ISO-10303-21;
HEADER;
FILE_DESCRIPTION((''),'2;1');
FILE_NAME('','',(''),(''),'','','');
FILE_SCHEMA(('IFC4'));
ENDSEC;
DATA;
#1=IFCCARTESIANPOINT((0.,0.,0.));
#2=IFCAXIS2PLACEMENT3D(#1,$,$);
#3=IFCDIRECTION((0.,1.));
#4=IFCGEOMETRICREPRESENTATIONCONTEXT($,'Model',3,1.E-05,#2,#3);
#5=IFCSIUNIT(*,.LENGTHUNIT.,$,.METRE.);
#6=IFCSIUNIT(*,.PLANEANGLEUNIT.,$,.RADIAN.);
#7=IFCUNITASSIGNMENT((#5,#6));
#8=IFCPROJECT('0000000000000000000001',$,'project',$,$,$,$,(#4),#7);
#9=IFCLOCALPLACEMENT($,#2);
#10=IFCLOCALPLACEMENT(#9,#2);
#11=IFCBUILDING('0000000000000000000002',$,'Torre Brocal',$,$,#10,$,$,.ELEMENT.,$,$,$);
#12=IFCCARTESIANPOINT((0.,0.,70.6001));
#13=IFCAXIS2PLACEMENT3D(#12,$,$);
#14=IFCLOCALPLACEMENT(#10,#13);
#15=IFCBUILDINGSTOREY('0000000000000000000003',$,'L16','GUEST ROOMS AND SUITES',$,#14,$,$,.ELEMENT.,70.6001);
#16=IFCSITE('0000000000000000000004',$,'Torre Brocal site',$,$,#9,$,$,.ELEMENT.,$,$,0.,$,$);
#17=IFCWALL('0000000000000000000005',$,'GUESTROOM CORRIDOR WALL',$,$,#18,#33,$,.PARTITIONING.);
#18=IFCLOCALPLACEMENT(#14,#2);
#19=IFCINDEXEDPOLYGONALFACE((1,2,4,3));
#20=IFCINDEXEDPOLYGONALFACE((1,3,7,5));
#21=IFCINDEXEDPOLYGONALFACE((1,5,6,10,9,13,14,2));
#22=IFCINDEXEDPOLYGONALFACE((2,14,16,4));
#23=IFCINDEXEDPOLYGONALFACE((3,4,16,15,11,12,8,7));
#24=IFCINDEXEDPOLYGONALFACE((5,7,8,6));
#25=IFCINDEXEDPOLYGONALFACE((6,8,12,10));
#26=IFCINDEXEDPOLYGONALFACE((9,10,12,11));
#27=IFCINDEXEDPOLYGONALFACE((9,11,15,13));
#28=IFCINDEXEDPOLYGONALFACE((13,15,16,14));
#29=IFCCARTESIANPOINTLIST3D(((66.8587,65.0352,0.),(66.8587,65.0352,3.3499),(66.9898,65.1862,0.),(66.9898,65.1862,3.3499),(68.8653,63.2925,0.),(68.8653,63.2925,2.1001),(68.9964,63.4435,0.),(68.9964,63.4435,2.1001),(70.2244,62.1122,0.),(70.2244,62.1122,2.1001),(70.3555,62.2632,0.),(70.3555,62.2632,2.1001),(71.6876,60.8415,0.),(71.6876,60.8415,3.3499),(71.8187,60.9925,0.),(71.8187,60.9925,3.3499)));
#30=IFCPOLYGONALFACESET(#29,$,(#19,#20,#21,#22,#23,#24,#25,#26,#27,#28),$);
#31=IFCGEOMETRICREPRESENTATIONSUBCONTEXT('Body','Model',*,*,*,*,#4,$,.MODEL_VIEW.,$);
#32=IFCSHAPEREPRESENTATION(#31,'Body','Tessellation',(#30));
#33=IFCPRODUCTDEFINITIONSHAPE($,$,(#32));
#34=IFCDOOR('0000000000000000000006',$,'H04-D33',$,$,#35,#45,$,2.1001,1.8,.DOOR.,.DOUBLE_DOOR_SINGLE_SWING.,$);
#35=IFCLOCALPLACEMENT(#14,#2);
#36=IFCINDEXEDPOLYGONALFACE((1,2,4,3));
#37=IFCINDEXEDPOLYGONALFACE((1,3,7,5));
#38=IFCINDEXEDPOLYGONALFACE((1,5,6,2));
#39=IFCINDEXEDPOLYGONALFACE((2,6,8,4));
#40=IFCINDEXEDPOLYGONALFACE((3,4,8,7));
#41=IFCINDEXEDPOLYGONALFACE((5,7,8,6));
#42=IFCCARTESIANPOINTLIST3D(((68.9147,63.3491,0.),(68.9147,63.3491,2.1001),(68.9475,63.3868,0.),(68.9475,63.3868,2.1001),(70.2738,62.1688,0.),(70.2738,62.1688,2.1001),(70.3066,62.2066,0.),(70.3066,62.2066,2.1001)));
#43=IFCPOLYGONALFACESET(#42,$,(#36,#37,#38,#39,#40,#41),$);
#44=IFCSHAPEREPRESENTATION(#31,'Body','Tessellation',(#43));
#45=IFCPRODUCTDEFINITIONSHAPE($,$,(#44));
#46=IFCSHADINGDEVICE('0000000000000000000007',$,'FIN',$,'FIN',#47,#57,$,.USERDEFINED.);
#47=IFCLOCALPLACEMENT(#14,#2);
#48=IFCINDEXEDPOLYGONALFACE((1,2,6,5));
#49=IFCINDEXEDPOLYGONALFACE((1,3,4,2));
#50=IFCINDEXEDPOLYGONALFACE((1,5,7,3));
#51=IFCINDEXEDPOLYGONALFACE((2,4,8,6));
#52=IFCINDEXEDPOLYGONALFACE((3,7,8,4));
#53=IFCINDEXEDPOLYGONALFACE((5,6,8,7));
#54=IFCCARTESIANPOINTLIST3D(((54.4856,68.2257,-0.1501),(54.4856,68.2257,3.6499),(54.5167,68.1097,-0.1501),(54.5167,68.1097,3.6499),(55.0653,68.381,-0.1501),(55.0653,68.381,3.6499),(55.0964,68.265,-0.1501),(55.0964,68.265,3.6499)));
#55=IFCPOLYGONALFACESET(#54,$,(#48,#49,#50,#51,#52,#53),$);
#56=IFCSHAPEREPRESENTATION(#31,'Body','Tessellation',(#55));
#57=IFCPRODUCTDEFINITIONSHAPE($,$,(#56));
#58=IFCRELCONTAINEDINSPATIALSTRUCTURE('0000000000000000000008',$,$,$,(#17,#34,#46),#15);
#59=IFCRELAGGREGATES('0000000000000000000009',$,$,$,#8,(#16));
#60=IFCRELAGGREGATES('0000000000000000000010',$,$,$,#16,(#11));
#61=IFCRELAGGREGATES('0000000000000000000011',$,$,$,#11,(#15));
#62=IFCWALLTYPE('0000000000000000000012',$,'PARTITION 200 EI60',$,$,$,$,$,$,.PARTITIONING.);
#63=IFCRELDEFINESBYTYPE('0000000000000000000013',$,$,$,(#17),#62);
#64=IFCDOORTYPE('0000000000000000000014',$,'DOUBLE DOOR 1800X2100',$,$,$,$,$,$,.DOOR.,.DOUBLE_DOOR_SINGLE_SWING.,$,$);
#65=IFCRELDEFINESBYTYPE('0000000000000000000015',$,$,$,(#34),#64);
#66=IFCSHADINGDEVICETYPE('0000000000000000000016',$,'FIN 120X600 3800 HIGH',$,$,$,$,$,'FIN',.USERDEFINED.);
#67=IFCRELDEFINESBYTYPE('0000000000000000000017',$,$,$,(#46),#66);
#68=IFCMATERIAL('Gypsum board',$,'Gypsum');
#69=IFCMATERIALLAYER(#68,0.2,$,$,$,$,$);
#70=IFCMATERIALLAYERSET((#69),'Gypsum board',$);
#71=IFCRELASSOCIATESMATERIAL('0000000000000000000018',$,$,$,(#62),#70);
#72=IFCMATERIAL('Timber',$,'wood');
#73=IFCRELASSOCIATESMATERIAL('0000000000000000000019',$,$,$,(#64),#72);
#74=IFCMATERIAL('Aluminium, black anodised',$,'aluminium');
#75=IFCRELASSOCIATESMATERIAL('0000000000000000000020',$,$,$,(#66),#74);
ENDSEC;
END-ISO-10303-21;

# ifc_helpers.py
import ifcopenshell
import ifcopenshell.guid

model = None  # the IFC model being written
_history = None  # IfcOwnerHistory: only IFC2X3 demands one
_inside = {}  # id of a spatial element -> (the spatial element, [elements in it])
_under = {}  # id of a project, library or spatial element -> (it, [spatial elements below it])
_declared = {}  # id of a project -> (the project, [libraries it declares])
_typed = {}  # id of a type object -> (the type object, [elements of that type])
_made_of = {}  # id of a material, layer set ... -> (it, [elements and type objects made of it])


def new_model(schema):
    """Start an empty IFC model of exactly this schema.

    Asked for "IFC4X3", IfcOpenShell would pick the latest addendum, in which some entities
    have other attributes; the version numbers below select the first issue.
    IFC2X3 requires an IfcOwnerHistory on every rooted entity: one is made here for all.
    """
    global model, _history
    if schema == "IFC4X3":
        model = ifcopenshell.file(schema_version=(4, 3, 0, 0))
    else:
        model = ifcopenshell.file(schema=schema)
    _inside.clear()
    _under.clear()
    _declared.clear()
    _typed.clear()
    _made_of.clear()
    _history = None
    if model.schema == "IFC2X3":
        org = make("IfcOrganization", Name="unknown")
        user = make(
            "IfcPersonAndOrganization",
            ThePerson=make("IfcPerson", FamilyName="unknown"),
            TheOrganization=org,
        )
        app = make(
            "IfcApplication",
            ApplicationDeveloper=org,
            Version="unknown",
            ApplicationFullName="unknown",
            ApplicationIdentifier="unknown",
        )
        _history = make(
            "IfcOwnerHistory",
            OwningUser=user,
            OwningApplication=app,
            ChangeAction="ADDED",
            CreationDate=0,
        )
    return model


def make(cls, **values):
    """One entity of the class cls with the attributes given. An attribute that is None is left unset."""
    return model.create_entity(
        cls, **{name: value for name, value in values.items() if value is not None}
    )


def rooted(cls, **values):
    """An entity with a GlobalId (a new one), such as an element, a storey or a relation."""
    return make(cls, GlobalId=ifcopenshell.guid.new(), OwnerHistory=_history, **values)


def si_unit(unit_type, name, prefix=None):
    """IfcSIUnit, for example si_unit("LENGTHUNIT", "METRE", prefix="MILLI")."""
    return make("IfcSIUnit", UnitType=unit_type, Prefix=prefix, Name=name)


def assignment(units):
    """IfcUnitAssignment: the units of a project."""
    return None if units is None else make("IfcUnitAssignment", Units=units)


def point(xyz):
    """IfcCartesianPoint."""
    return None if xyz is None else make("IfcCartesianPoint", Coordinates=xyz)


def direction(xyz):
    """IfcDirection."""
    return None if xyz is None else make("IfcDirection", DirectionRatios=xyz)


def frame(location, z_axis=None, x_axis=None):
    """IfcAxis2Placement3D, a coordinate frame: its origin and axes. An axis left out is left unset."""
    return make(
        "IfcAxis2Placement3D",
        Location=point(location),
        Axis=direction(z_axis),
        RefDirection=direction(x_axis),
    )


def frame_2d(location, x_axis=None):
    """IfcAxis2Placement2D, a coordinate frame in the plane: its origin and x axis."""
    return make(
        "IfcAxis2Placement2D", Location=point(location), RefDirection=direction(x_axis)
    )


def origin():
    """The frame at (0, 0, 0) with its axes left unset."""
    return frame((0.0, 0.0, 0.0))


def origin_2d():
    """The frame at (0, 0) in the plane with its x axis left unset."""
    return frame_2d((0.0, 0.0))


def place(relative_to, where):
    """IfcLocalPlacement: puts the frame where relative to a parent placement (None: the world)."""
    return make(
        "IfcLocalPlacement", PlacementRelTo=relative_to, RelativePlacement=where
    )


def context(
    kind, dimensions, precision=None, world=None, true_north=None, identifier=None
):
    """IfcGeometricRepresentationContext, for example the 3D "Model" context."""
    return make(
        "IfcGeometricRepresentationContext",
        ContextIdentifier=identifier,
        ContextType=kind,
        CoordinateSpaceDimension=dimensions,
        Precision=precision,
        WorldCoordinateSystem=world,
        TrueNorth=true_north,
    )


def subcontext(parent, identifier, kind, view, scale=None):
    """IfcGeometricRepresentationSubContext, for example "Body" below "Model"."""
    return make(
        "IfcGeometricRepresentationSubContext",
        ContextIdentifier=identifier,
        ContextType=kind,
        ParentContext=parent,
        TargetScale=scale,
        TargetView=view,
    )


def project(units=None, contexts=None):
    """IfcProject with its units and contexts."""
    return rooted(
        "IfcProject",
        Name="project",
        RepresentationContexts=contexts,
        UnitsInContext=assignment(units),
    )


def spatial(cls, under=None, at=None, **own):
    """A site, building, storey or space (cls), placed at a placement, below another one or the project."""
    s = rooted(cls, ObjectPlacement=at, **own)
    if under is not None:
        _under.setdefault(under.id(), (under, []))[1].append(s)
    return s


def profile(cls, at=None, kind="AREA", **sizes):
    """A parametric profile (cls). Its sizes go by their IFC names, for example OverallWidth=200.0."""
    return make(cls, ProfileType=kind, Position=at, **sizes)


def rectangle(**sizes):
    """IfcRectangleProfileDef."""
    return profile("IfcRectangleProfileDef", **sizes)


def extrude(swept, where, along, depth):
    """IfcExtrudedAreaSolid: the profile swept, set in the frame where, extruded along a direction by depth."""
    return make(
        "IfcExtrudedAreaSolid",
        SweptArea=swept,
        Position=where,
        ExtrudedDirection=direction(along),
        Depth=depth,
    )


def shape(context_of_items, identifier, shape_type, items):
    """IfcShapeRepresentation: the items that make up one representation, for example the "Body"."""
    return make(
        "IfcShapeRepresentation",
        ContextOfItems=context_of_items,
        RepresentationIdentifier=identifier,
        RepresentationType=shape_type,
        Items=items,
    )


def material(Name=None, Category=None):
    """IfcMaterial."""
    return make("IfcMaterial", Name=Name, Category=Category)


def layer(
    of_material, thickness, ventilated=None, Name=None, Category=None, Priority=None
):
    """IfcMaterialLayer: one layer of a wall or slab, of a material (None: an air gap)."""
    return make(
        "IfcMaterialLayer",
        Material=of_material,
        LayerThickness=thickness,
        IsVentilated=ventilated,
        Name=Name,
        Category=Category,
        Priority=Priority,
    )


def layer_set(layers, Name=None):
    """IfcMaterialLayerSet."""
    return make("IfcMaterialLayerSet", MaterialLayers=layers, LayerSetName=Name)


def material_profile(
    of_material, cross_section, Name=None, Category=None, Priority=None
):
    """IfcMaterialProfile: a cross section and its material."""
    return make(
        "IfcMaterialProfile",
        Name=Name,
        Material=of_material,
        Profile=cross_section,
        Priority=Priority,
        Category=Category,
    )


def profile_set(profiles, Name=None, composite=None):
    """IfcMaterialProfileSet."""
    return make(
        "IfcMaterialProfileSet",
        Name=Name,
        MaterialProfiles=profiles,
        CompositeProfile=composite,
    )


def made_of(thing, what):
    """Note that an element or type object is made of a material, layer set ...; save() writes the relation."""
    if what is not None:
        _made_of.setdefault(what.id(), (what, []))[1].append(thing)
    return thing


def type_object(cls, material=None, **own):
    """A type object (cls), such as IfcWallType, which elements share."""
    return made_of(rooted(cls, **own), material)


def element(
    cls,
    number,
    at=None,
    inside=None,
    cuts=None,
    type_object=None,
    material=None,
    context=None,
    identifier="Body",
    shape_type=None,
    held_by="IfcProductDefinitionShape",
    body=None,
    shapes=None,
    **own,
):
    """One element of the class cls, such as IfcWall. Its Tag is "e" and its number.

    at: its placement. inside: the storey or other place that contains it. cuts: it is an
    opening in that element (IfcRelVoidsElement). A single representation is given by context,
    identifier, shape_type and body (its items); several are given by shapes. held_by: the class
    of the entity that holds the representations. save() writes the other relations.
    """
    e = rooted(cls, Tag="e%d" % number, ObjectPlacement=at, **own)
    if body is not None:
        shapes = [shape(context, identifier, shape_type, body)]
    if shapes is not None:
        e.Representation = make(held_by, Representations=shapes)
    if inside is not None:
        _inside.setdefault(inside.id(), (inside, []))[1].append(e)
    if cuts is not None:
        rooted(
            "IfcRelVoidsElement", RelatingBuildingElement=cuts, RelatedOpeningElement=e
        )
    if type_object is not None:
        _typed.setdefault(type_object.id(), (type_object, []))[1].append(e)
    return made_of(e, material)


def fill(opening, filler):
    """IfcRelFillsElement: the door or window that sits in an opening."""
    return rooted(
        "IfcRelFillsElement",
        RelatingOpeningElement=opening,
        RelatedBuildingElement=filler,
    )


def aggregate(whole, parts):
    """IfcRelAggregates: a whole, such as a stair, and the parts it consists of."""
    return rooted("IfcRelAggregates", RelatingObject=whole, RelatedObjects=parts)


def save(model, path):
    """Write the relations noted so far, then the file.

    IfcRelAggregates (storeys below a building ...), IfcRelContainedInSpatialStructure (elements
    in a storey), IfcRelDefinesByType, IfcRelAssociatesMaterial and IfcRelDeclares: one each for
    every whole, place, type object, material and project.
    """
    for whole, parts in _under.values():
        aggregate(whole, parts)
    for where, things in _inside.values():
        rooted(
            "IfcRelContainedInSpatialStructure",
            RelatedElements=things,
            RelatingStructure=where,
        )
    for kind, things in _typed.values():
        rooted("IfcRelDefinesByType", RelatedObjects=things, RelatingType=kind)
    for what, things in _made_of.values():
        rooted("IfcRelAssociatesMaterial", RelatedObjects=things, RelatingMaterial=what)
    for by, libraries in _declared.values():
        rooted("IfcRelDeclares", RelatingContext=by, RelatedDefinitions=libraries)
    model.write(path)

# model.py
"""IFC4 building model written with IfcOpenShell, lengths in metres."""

from ifc_helpers import new_model, si_unit, direction, frame, frame_2d, origin, origin_2d, place, context, subcontext, project, spatial, rectangle, extrude, material, layer, layer_set, material_profile, profile_set, type_object, element, fill, save


model = new_model("IFC4")

# Units and contexts
model_context = context("Model", 3, precision=1e-05, world=origin(), true_north=direction((0.0, 1.0)))
body_context = subcontext(model_context, "Body", "Model", "MODEL_VIEW")
ifc_project = project(units=[si_unit("LENGTHUNIT", "METRE"), si_unit("PLANEANGLEUNIT", "RADIAN")], contexts=[model_context])

# Site, building, storey
site_placement = place(None, origin())
site = spatial("IfcSite", under=ifc_project, at=site_placement, Name="Torre Brocal site", CompositionType="ELEMENT", RefElevation=0.0)
building_placement = place(site_placement, origin())
building = spatial("IfcBuilding", under=site, at=building_placement, Name="Torre Brocal", CompositionType="ELEMENT")
storey_placement = place(building_placement, frame((0.0, 0.0, 70.6001)))
storey = spatial("IfcBuildingStorey", under=building, at=storey_placement, Name="L16", Description="GUEST ROOMS AND SUITES", CompositionType="ELEMENT", Elevation=70.6001)

# Shared definitions
ifc_material_1 = material(Name="Gypsum board", Category="Gypsum")
ifc_layer_1 = layer(ifc_material_1, 0.2)
ifc_layer_set_1 = layer_set([ifc_layer_1], Name="Gypsum board")
wall_type_1 = type_object("IfcWallType", Name="PARTITION 200 EI60", PredefinedType="PARTITIONING", material=ifc_layer_set_1)

# Wall, opening, door
wall_1_placement = place(storey_placement, frame((66.9243, 65.1106, 0.0), z_axis=(0.0, 0.0, 1.0), x_axis=(0.755024, -0.655698, 0.0)))
wall_1 = element("IfcWall", 1, at=wall_1_placement, inside=storey, type_object=wall_type_1, Name="GUESTROOM CORRIDOR WALL", PredefinedType="PARTITIONING", context=body_context, shape_type="SweptSolid", body=[
    extrude(rectangle(XDim=6.3958, YDim=0.2, at=frame_2d((3.1978, 0.0))), origin(), (0.0, 0.0, 1.0), 3.3499),
])
opening_1_placement = place(wall_1_placement, frame((2.6577, 0.0, 0.0)))
opening_1 = element("IfcOpeningElement", 2, at=opening_1_placement, cuts=wall_1, PredefinedType="OPENING", context=body_context, shape_type="SweptSolid", body=[
    extrude(rectangle(XDim=1.8, YDim=2.1001, at=frame_2d((0.8999, 1.05))), frame((0.0, 0.1099, 0.0), z_axis=(0.0, -1.0, 0.0), x_axis=(1.0, 0.0, 0.0)), (0.0, 0.0, 1.0), 0.22),
])
ifc_material_2 = material(Name="Timber", Category="wood")
door_type_1 = type_object("IfcDoorType", Name="DOUBLE DOOR 1800X2100", OperationType="DOUBLE_DOOR_SINGLE_SWING", PredefinedType="DOOR", material=ifc_material_2)
door_1_placement = place(opening_1_placement, frame((1.8, 0.0, 0.0), z_axis=(0.0, 0.0, 1.0), x_axis=(-1.0, 0.0, 0.0)))
door_1 = element("IfcDoor", 3, at=door_1_placement, inside=storey, type_object=door_type_1, Name="H04-D33", OperationType="DOUBLE_DOOR_SINGLE_SWING", OverallHeight=2.1001, OverallWidth=1.8, PredefinedType="DOOR", context=body_context, shape_type="SweptSolid", body=[
    extrude(rectangle(XDim=1.8, YDim=2.1001, at=frame_2d((0.8999, 1.05))), frame((0.0, 0.0249, 0.0), z_axis=(0.0, -1.0, 0.0), x_axis=(1.0, 0.0, 0.0)), (0.0, 0.0, 1.0), 0.05),
])
fill(opening_1, door_1)

# Shading device
ifc_material_3 = material(Name="Aluminium, black anodised", Category="aluminium")
ifc_material_profile_1 = material_profile(ifc_material_3, rectangle(XDim=0.1201, YDim=0.6001, at=origin_2d()), Name="FIN 120X600 3800 HIGH")
ifc_profile_set_1 = profile_set([ifc_material_profile_1], Name="Aluminium, black anodised")
shading_device_type = type_object("IfcShadingDeviceType", Name="FIN 120X600 3800 HIGH", ElementType="FIN", PredefinedType="USERDEFINED", material=ifc_profile_set_1)
shading_device_placement = place(storey_placement, frame((54.791, 68.2454, -0.1501), z_axis=(0.0, 0.0, 1.0), x_axis=(0.258819, -0.965926, 0.0)))
element("IfcShadingDevice", 4, at=shading_device_placement, inside=storey, type_object=shading_device_type, Name="FIN", ObjectType="FIN", PredefinedType="USERDEFINED", context=body_context, shape_type="SweptSolid", body=[
    extrude(rectangle(XDim=0.1201, YDim=0.6001, at=origin_2d()), origin(), (0.0, 0.0, 1.0), 3.8),
])

save(model, "model.ifc")
